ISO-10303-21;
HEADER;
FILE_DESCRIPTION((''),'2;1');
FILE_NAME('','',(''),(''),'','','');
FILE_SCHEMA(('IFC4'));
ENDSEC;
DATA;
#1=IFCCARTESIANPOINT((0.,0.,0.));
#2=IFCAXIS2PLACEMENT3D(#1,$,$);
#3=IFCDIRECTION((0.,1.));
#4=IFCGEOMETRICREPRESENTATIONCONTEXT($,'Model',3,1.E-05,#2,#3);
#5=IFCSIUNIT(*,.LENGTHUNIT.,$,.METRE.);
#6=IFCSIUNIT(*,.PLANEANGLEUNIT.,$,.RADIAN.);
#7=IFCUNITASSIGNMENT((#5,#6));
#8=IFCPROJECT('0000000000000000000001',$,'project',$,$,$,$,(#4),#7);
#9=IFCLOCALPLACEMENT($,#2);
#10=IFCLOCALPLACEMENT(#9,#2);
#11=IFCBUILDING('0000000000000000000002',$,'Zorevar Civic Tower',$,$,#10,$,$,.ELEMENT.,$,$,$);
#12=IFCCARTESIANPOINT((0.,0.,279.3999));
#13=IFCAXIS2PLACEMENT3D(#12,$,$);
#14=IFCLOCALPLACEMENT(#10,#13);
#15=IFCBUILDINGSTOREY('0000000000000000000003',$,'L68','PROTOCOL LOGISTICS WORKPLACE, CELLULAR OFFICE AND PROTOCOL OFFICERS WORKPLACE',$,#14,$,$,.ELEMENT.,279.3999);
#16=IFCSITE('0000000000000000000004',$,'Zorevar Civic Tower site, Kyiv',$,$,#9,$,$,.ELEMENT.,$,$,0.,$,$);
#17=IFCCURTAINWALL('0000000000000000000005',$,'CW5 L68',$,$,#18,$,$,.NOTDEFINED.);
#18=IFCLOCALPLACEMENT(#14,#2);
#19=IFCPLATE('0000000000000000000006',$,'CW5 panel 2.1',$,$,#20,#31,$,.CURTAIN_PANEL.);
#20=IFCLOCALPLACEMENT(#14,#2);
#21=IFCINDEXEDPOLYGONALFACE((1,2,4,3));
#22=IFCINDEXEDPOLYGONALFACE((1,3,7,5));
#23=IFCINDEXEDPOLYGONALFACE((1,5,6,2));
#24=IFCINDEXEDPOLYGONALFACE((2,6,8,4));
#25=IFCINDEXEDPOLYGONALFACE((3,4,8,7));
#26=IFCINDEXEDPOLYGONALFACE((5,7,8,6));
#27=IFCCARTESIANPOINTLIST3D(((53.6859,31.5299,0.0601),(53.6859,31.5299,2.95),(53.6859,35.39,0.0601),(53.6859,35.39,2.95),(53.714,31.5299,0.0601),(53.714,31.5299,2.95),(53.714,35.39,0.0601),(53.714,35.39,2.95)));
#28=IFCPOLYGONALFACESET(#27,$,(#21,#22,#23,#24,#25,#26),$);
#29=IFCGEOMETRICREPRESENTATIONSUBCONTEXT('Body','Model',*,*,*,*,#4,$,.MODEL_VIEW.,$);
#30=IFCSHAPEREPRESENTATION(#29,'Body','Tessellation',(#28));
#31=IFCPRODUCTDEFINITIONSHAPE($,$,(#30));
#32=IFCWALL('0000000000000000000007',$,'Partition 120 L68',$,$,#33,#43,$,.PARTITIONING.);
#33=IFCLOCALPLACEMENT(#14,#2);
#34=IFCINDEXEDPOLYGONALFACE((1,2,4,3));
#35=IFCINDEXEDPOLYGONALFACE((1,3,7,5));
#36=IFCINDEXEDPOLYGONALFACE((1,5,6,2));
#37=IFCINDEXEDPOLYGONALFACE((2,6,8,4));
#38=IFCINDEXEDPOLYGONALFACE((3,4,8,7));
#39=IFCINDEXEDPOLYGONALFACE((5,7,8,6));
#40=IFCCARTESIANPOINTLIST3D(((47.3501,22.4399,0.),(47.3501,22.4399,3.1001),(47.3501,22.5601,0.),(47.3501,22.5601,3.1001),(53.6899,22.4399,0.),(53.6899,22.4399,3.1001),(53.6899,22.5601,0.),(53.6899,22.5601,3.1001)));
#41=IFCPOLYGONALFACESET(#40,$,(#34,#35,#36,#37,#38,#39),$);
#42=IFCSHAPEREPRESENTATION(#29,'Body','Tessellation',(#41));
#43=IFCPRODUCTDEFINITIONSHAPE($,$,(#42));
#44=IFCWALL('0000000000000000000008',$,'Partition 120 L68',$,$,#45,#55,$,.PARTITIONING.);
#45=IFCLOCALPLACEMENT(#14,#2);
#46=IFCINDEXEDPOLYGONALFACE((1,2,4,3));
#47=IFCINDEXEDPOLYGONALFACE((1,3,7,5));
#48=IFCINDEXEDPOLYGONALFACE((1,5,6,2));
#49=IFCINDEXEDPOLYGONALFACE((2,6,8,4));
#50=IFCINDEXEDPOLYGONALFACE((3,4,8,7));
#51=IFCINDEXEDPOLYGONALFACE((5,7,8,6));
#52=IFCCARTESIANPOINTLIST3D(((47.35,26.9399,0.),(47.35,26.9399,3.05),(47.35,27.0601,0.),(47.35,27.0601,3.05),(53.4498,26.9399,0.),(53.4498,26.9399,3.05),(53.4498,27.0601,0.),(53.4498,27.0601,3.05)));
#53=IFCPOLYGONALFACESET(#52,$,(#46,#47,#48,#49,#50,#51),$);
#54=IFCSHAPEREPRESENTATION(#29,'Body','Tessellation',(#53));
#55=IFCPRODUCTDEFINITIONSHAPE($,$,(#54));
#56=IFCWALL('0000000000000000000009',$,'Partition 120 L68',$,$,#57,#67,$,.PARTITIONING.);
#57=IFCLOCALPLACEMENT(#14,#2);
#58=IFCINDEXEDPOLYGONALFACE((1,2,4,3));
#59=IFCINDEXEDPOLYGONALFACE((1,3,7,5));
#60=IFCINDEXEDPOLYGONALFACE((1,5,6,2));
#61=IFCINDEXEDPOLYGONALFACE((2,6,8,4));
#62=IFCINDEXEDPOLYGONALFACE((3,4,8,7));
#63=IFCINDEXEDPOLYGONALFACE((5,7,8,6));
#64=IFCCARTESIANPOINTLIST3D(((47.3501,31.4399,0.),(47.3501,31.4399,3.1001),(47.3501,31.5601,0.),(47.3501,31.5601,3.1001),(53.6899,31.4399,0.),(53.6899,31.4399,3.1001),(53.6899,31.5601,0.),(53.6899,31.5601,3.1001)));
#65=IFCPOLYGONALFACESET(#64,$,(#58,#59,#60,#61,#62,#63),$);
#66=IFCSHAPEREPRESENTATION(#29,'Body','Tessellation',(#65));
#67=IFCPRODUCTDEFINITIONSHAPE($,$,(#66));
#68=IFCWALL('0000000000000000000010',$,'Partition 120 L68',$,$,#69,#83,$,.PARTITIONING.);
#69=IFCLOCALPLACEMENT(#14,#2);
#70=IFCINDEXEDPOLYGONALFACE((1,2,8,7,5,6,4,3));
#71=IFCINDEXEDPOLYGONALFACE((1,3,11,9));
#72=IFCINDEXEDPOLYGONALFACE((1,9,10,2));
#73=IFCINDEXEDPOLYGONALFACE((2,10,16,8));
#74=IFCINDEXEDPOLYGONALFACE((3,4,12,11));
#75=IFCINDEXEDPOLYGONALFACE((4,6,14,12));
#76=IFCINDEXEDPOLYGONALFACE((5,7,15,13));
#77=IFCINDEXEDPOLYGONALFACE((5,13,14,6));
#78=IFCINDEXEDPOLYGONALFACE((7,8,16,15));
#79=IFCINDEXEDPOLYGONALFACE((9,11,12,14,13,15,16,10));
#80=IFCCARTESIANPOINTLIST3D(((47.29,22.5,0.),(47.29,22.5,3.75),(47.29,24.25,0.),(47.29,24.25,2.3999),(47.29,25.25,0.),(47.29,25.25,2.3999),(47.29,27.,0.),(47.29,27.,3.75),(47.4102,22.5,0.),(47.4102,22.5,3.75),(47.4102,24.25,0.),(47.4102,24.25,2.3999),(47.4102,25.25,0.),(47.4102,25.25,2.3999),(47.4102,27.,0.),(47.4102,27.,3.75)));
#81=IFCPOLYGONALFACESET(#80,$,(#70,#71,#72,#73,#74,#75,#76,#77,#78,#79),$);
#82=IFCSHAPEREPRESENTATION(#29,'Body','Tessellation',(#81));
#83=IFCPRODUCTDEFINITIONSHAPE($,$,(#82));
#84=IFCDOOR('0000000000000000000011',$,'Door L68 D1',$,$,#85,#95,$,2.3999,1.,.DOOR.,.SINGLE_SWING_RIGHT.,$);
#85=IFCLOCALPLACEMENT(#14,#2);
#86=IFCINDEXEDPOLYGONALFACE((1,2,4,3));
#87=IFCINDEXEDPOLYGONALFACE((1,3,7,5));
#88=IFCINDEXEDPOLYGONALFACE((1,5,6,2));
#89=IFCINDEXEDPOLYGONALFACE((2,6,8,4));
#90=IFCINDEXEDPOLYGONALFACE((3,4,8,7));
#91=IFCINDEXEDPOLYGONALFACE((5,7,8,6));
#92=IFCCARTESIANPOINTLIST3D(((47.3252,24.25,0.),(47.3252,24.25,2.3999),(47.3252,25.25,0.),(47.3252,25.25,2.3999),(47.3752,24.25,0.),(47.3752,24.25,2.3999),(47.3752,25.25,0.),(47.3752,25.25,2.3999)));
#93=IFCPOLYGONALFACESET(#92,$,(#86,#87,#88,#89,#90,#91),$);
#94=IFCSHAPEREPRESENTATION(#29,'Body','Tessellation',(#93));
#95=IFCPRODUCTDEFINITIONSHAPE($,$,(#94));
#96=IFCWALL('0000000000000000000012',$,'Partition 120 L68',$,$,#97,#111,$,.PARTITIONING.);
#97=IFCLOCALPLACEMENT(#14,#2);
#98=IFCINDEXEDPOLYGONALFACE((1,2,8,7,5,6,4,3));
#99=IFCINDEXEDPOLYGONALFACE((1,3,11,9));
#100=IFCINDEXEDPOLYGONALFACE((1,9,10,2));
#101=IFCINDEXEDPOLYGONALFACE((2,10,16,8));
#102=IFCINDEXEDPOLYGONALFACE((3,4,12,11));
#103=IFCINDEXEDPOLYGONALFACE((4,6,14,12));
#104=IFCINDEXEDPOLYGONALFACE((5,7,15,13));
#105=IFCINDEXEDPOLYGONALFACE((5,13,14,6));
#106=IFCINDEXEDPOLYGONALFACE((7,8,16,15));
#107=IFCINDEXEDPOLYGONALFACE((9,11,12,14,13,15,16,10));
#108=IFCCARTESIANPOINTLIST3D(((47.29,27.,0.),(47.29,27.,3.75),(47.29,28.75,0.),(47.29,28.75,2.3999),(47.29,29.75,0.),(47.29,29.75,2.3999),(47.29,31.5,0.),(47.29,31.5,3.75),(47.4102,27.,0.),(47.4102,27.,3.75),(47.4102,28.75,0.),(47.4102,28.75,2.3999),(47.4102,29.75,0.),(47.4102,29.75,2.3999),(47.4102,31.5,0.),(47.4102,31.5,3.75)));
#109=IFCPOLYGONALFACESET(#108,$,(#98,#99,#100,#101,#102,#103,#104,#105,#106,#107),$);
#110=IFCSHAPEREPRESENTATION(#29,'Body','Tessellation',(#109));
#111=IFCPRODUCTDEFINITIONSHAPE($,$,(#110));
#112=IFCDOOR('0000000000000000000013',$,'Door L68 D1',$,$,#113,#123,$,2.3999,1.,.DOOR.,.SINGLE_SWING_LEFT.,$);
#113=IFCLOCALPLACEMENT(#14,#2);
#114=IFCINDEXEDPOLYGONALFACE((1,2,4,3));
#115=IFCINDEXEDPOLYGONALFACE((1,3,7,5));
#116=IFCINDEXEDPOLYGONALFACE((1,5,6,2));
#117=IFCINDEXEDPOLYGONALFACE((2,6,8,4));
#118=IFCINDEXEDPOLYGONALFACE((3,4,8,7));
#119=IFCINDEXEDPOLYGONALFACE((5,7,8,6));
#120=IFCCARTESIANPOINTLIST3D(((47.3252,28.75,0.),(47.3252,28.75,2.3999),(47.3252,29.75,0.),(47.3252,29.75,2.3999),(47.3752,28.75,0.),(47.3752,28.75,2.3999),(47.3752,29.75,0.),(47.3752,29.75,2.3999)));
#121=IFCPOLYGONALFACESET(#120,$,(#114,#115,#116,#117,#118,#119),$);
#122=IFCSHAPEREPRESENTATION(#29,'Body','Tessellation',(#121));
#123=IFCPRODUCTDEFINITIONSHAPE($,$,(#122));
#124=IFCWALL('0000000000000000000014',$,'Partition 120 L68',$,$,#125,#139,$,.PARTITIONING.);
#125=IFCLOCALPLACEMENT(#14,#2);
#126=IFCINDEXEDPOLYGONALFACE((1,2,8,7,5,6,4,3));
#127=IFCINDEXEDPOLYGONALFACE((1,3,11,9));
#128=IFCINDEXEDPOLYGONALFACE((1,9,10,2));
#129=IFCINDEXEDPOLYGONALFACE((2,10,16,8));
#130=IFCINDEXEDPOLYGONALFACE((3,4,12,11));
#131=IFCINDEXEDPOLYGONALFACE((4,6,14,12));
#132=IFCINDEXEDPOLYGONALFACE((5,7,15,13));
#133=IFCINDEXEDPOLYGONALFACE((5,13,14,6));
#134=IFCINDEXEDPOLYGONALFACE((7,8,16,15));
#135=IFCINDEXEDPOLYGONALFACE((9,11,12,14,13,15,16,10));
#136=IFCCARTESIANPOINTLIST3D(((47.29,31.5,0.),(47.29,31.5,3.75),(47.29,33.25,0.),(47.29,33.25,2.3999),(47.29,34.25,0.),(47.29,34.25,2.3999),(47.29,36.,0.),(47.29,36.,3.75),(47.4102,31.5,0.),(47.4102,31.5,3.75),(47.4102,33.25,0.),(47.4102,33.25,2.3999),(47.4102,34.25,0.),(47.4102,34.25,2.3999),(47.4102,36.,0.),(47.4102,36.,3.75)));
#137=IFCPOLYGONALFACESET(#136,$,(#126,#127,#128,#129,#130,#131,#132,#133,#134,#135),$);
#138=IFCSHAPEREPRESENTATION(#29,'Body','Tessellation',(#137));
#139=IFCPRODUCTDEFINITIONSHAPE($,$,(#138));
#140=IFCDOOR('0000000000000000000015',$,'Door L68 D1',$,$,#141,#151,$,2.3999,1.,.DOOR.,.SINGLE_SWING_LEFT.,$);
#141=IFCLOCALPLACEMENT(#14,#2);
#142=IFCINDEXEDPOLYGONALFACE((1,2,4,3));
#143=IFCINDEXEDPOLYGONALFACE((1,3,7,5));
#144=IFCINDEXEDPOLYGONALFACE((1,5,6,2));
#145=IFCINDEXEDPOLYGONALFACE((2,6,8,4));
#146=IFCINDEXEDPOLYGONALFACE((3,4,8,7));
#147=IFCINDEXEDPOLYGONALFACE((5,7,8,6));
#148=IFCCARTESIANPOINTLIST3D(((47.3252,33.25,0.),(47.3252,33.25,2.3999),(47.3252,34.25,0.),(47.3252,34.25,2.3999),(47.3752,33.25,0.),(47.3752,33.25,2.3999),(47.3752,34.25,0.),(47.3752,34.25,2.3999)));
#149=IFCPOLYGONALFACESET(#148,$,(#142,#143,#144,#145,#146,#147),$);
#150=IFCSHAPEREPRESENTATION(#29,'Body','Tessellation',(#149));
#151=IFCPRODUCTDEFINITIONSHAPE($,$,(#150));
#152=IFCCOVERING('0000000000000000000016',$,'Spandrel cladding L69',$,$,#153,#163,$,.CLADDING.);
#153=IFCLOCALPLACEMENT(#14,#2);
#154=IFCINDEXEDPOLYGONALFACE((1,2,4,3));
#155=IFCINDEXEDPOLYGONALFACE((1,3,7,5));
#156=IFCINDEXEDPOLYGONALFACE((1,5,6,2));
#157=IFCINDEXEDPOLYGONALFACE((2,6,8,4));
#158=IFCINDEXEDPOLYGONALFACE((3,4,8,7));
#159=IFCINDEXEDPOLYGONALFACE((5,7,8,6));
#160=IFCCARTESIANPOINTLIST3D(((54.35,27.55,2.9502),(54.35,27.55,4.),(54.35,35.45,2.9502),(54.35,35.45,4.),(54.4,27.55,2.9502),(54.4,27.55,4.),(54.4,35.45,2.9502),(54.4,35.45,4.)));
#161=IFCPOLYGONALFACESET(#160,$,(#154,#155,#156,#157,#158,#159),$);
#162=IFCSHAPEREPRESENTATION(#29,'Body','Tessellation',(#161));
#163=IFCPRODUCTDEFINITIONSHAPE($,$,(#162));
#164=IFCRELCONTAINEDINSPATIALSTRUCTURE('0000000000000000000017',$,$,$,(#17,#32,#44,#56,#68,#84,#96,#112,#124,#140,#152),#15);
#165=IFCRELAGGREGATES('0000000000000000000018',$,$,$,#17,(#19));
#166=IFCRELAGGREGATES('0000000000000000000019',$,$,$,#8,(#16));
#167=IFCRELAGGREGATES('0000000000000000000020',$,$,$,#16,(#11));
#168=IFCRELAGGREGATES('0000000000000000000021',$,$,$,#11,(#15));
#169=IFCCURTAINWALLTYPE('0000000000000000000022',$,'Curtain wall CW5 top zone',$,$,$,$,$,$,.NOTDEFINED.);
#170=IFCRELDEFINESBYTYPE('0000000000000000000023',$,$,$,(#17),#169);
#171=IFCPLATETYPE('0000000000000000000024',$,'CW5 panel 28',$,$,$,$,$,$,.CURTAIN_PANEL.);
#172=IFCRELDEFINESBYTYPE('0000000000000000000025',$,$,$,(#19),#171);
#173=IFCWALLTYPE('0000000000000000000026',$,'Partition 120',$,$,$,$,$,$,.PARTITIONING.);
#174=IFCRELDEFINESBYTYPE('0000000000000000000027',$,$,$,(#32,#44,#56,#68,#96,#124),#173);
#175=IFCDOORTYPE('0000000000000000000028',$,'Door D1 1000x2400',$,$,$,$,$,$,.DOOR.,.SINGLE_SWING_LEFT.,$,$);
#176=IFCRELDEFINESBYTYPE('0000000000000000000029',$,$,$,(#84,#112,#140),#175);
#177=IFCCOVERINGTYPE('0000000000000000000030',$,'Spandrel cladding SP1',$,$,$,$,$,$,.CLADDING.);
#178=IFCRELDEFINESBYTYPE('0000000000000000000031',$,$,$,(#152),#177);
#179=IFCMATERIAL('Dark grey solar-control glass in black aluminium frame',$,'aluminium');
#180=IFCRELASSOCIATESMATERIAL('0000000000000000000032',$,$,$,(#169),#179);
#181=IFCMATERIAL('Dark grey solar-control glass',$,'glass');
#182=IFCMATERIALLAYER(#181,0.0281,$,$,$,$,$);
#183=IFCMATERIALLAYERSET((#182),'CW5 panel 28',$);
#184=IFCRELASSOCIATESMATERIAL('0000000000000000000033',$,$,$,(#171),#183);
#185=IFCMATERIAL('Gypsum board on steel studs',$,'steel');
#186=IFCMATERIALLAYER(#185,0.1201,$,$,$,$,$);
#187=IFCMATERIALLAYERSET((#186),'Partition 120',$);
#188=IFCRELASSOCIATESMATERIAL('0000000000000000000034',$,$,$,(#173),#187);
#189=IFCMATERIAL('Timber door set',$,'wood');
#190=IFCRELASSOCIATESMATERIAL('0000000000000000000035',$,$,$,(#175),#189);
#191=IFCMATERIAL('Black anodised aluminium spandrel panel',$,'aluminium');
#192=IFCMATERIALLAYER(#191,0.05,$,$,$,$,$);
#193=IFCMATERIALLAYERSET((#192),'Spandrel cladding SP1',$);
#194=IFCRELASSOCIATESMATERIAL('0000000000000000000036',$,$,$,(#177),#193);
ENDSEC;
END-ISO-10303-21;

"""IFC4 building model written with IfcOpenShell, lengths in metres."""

from ifc_helpers import new_model, si_unit, direction, frame, frame_2d, origin, origin_2d, place, context, subcontext, project, spatial, rectangle, extrude, material, layer, layer_set, type_object, element, fill, aggregate, save


model = new_model("IFC4")

# Units and contexts
model_context = context("Model", 3, precision=1e-05, world=origin(), true_north=direction((0.0, 1.0)))
body_context = subcontext(model_context, "Body", "Model", "MODEL_VIEW")
ifc_project = project(units=[si_unit("LENGTHUNIT", "METRE"), si_unit("PLANEANGLEUNIT", "RADIAN")], contexts=[model_context])

# Site, building, storey
site_placement = place(None, origin())
site = spatial("IfcSite", under=ifc_project, at=site_placement, Name="Zorevar Civic Tower site, Kyiv", CompositionType="ELEMENT", RefElevation=0.0)
building_placement = place(site_placement, origin())
building = spatial("IfcBuilding", under=site, at=building_placement, Name="Zorevar Civic Tower", CompositionType="ELEMENT")
storey_placement = place(building_placement, frame((0.0, 0.0, 279.3999)))
storey = spatial("IfcBuildingStorey", under=building, at=storey_placement, Name="L68", Description="PROTOCOL LOGISTICS WORKPLACE, CELLULAR OFFICE AND PROTOCOL OFFICERS WORKPLACE", CompositionType="ELEMENT", Elevation=279.3999)

# Curtain wall
ifc_material_1 = material(Name="Dark grey solar-control glass in black aluminium frame", Category="aluminium")
curtain_wall_type = type_object("IfcCurtainWallType", Name="Curtain wall CW5 top zone", PredefinedType="NOTDEFINED", material=ifc_material_1)
curtain_wall_1_placement = place(storey_placement, origin())
curtain_wall_1 = element("IfcCurtainWall", 1, at=curtain_wall_1_placement, inside=storey, type_object=curtain_wall_type, Name="CW5 L68", PredefinedType="NOTDEFINED")

# Plate
ifc_material_2 = material(Name="Dark grey solar-control glass", Category="glass")
ifc_layer_1 = layer(ifc_material_2, 0.0281)
ifc_layer_set_1 = layer_set([ifc_layer_1], Name="CW5 panel 28")
plate_type = type_object("IfcPlateType", Name="CW5 panel 28", PredefinedType="CURTAIN_PANEL", material=ifc_layer_set_1)
plate_1_placement = place(storey_placement, frame((53.7, 33.46, 0.0601), z_axis=(0.0, 0.0, 1.0), x_axis=(0.0, 1.0, 0.0)))
plate_1 = element("IfcPlate", 2, at=plate_1_placement, type_object=plate_type, Name="CW5 panel 2.1", PredefinedType="CURTAIN_PANEL", context=body_context, shape_type="SweptSolid", body=[
    extrude(rectangle(XDim=3.8601, YDim=0.0281, at=origin_2d()), origin(), (0.0, 0.0, 1.0), 2.8899),
])
aggregate(curtain_wall_1, [plate_1])

# Walls
ifc_material_3 = material(Name="Gypsum board on steel studs", Category="steel")
ifc_layer_2 = layer(ifc_material_3, 0.1201)
ifc_layer_set_2 = layer_set([ifc_layer_2], Name="Partition 120")
wall_type = type_object("IfcWallType", Name="Partition 120", PredefinedType="PARTITIONING", material=ifc_layer_set_2)
wall_1_placement = place(storey_placement, frame((47.3501, 22.5, 0.0), z_axis=(0.0, 0.0, 1.0), x_axis=(1.0, 0.0, 0.0)))
element("IfcWall", 3, at=wall_1_placement, inside=storey, type_object=wall_type, Name="Partition 120 L68", PredefinedType="PARTITIONING", context=body_context, shape_type="SweptSolid", body=[
    extrude(rectangle(XDim=6.3398, YDim=0.1201, at=frame_2d((3.1699, 0.0))), origin(), (0.0, 0.0, 1.0), 3.1001),
])
wall_2_placement = place(storey_placement, frame((47.3501, 27.0, 0.0), z_axis=(0.0, 0.0, 1.0), x_axis=(1.0, 0.0, 0.0)))
element("IfcWall", 4, at=wall_2_placement, inside=storey, type_object=wall_type, Name="Partition 120 L68", PredefinedType="PARTITIONING", context=body_context, shape_type="SweptSolid", body=[
    extrude(rectangle(XDim=6.0999, YDim=0.1201, at=frame_2d((3.0498, 0.0))), origin(), (0.0, 0.0, 1.0), 3.05),
])
wall_3_placement = place(storey_placement, frame((47.3501, 31.5, 0.0), z_axis=(0.0, 0.0, 1.0), x_axis=(1.0, 0.0, 0.0)))
element("IfcWall", 5, at=wall_3_placement, inside=storey, type_object=wall_type, Name="Partition 120 L68", PredefinedType="PARTITIONING", context=body_context, shape_type="SweptSolid", body=[
    extrude(rectangle(XDim=6.3398, YDim=0.1201, at=frame_2d((3.1699, 0.0))), origin(), (0.0, 0.0, 1.0), 3.1001),
])

# Walls, openings, doors
wall_4_placement = place(storey_placement, frame((47.3501, 22.5, 0.0), z_axis=(0.0, 0.0, 1.0), x_axis=(0.0, 1.0, 0.0)))
wall_4 = element("IfcWall", 6, at=wall_4_placement, inside=storey, type_object=wall_type, Name="Partition 120 L68", PredefinedType="PARTITIONING", context=body_context, shape_type="SweptSolid", body=[
    extrude(rectangle(XDim=4.5, YDim=0.1201, at=frame_2d((2.25, 0.0))), origin(), (0.0, 0.0, 1.0), 3.75),
])
opening_1_placement = place(wall_4_placement, frame((1.75, 0.0, 0.0)))
opening_1 = element("IfcOpeningElement", 7, at=opening_1_placement, cuts=wall_4, PredefinedType="OPENING", context=body_context, shape_type="SweptSolid", body=[
    extrude(rectangle(XDim=1.0, YDim=2.3999, at=frame_2d((0.5, 1.2))), frame((0.0, 0.0701, 0.0), z_axis=(0.0, -1.0, 0.0), x_axis=(1.0, 0.0, 0.0)), (0.0, 0.0, 1.0), 0.1401),
])
ifc_material_4 = material(Name="Timber door set", Category="wood")
door_type = type_object("IfcDoorType", Name="Door D1 1000x2400", OperationType="SINGLE_SWING_LEFT", PredefinedType="DOOR", material=ifc_material_4)
door_1_placement = place(opening_1_placement, origin())
door_1 = element("IfcDoor", 8, at=door_1_placement, inside=storey, type_object=door_type, Name="Door L68 D1", OperationType="SINGLE_SWING_RIGHT", OverallHeight=2.3999, OverallWidth=1.0, PredefinedType="DOOR", context=body_context, shape_type="SweptSolid", body=[
    extrude(rectangle(XDim=1.0, YDim=2.3999, at=frame_2d((0.5, 1.2))), frame((0.0, 0.0249, 0.0), z_axis=(0.0, -1.0, 0.0), x_axis=(1.0, 0.0, 0.0)), (0.0, 0.0, 1.0), 0.05),
])
fill(opening_1, door_1)
wall_5_placement = place(storey_placement, frame((47.3501, 27.0, 0.0), z_axis=(0.0, 0.0, 1.0), x_axis=(0.0, 1.0, 0.0)))
wall_5 = element("IfcWall", 9, at=wall_5_placement, inside=storey, type_object=wall_type, Name="Partition 120 L68", PredefinedType="PARTITIONING", context=body_context, shape_type="SweptSolid", body=[
    extrude(rectangle(XDim=4.5, YDim=0.1201, at=frame_2d((2.25, 0.0))), origin(), (0.0, 0.0, 1.0), 3.75),
])
opening_2_placement = place(wall_5_placement, frame((1.75, 0.0, 0.0)))
opening_2 = element("IfcOpeningElement", 10, at=opening_2_placement, cuts=wall_5, PredefinedType="OPENING", context=body_context, shape_type="SweptSolid", body=[
    extrude(rectangle(XDim=1.0, YDim=2.3999, at=frame_2d((0.5, 1.2))), frame((0.0, 0.0701, 0.0), z_axis=(0.0, -1.0, 0.0), x_axis=(1.0, 0.0, 0.0)), (0.0, 0.0, 1.0), 0.1401),
])
door_2_placement = place(opening_2_placement, origin())
door_2 = element("IfcDoor", 11, at=door_2_placement, inside=storey, type_object=door_type, Name="Door L68 D1", OperationType="SINGLE_SWING_LEFT", OverallHeight=2.3999, OverallWidth=1.0, PredefinedType="DOOR", context=body_context, shape_type="SweptSolid", body=[
    extrude(rectangle(XDim=1.0, YDim=2.3999, at=frame_2d((0.5, 1.2))), frame((0.0, 0.0249, 0.0), z_axis=(0.0, -1.0, 0.0), x_axis=(1.0, 0.0, 0.0)), (0.0, 0.0, 1.0), 0.05),
])
fill(opening_2, door_2)
wall_6_placement = place(storey_placement, frame((47.3501, 31.5, 0.0), z_axis=(0.0, 0.0, 1.0), x_axis=(0.0, 1.0, 0.0)))
wall_6 = element("IfcWall", 12, at=wall_6_placement, inside=storey, type_object=wall_type, Name="Partition 120 L68", PredefinedType="PARTITIONING", context=body_context, shape_type="SweptSolid", body=[
    extrude(rectangle(XDim=4.5, YDim=0.1201, at=frame_2d((2.25, 0.0))), origin(), (0.0, 0.0, 1.0), 3.75),
])
opening_3_placement = place(wall_6_placement, frame((1.75, 0.0, 0.0)))
opening_3 = element("IfcOpeningElement", 13, at=opening_3_placement, cuts=wall_6, PredefinedType="OPENING", context=body_context, shape_type="SweptSolid", body=[
    extrude(rectangle(XDim=1.0, YDim=2.3999, at=frame_2d((0.5, 1.2))), frame((0.0, 0.0701, 0.0), z_axis=(0.0, -1.0, 0.0), x_axis=(1.0, 0.0, 0.0)), (0.0, 0.0, 1.0), 0.1401),
])
door_3_placement = place(opening_3_placement, origin())
door_3 = element("IfcDoor", 14, at=door_3_placement, inside=storey, type_object=door_type, Name="Door L68 D1", OperationType="SINGLE_SWING_LEFT", OverallHeight=2.3999, OverallWidth=1.0, PredefinedType="DOOR", context=body_context, shape_type="SweptSolid", body=[
    extrude(rectangle(XDim=1.0, YDim=2.3999, at=frame_2d((0.5, 1.2))), frame((0.0, 0.0249, 0.0), z_axis=(0.0, -1.0, 0.0), x_axis=(1.0, 0.0, 0.0)), (0.0, 0.0, 1.0), 0.05),
])
fill(opening_3, door_3)

# Covering
ifc_material_5 = material(Name="Black anodised aluminium spandrel panel", Category="aluminium")
ifc_layer_3 = layer(ifc_material_5, 0.05)
ifc_layer_set_3 = layer_set([ifc_layer_3], Name="Spandrel cladding SP1")
covering_type = type_object("IfcCoveringType", Name="Spandrel cladding SP1", PredefinedType="CLADDING", material=ifc_layer_set_3)
covering_placement = place(storey_placement, frame((54.375, 27.55, 2.9502), z_axis=(0.0, 0.0, 1.0), x_axis=(0.0, 1.0, 0.0)))
element("IfcCovering", 15, at=covering_placement, inside=storey, type_object=covering_type, Name="Spandrel cladding L69", PredefinedType="CLADDING", context=body_context, shape_type="SweptSolid", body=[
    extrude(rectangle(XDim=7.8999, YDim=0.05, at=frame_2d((3.95, 0.0))), origin(), (0.0, 0.0, 1.0), 1.0498),
])

save(model, "model.ifc")
